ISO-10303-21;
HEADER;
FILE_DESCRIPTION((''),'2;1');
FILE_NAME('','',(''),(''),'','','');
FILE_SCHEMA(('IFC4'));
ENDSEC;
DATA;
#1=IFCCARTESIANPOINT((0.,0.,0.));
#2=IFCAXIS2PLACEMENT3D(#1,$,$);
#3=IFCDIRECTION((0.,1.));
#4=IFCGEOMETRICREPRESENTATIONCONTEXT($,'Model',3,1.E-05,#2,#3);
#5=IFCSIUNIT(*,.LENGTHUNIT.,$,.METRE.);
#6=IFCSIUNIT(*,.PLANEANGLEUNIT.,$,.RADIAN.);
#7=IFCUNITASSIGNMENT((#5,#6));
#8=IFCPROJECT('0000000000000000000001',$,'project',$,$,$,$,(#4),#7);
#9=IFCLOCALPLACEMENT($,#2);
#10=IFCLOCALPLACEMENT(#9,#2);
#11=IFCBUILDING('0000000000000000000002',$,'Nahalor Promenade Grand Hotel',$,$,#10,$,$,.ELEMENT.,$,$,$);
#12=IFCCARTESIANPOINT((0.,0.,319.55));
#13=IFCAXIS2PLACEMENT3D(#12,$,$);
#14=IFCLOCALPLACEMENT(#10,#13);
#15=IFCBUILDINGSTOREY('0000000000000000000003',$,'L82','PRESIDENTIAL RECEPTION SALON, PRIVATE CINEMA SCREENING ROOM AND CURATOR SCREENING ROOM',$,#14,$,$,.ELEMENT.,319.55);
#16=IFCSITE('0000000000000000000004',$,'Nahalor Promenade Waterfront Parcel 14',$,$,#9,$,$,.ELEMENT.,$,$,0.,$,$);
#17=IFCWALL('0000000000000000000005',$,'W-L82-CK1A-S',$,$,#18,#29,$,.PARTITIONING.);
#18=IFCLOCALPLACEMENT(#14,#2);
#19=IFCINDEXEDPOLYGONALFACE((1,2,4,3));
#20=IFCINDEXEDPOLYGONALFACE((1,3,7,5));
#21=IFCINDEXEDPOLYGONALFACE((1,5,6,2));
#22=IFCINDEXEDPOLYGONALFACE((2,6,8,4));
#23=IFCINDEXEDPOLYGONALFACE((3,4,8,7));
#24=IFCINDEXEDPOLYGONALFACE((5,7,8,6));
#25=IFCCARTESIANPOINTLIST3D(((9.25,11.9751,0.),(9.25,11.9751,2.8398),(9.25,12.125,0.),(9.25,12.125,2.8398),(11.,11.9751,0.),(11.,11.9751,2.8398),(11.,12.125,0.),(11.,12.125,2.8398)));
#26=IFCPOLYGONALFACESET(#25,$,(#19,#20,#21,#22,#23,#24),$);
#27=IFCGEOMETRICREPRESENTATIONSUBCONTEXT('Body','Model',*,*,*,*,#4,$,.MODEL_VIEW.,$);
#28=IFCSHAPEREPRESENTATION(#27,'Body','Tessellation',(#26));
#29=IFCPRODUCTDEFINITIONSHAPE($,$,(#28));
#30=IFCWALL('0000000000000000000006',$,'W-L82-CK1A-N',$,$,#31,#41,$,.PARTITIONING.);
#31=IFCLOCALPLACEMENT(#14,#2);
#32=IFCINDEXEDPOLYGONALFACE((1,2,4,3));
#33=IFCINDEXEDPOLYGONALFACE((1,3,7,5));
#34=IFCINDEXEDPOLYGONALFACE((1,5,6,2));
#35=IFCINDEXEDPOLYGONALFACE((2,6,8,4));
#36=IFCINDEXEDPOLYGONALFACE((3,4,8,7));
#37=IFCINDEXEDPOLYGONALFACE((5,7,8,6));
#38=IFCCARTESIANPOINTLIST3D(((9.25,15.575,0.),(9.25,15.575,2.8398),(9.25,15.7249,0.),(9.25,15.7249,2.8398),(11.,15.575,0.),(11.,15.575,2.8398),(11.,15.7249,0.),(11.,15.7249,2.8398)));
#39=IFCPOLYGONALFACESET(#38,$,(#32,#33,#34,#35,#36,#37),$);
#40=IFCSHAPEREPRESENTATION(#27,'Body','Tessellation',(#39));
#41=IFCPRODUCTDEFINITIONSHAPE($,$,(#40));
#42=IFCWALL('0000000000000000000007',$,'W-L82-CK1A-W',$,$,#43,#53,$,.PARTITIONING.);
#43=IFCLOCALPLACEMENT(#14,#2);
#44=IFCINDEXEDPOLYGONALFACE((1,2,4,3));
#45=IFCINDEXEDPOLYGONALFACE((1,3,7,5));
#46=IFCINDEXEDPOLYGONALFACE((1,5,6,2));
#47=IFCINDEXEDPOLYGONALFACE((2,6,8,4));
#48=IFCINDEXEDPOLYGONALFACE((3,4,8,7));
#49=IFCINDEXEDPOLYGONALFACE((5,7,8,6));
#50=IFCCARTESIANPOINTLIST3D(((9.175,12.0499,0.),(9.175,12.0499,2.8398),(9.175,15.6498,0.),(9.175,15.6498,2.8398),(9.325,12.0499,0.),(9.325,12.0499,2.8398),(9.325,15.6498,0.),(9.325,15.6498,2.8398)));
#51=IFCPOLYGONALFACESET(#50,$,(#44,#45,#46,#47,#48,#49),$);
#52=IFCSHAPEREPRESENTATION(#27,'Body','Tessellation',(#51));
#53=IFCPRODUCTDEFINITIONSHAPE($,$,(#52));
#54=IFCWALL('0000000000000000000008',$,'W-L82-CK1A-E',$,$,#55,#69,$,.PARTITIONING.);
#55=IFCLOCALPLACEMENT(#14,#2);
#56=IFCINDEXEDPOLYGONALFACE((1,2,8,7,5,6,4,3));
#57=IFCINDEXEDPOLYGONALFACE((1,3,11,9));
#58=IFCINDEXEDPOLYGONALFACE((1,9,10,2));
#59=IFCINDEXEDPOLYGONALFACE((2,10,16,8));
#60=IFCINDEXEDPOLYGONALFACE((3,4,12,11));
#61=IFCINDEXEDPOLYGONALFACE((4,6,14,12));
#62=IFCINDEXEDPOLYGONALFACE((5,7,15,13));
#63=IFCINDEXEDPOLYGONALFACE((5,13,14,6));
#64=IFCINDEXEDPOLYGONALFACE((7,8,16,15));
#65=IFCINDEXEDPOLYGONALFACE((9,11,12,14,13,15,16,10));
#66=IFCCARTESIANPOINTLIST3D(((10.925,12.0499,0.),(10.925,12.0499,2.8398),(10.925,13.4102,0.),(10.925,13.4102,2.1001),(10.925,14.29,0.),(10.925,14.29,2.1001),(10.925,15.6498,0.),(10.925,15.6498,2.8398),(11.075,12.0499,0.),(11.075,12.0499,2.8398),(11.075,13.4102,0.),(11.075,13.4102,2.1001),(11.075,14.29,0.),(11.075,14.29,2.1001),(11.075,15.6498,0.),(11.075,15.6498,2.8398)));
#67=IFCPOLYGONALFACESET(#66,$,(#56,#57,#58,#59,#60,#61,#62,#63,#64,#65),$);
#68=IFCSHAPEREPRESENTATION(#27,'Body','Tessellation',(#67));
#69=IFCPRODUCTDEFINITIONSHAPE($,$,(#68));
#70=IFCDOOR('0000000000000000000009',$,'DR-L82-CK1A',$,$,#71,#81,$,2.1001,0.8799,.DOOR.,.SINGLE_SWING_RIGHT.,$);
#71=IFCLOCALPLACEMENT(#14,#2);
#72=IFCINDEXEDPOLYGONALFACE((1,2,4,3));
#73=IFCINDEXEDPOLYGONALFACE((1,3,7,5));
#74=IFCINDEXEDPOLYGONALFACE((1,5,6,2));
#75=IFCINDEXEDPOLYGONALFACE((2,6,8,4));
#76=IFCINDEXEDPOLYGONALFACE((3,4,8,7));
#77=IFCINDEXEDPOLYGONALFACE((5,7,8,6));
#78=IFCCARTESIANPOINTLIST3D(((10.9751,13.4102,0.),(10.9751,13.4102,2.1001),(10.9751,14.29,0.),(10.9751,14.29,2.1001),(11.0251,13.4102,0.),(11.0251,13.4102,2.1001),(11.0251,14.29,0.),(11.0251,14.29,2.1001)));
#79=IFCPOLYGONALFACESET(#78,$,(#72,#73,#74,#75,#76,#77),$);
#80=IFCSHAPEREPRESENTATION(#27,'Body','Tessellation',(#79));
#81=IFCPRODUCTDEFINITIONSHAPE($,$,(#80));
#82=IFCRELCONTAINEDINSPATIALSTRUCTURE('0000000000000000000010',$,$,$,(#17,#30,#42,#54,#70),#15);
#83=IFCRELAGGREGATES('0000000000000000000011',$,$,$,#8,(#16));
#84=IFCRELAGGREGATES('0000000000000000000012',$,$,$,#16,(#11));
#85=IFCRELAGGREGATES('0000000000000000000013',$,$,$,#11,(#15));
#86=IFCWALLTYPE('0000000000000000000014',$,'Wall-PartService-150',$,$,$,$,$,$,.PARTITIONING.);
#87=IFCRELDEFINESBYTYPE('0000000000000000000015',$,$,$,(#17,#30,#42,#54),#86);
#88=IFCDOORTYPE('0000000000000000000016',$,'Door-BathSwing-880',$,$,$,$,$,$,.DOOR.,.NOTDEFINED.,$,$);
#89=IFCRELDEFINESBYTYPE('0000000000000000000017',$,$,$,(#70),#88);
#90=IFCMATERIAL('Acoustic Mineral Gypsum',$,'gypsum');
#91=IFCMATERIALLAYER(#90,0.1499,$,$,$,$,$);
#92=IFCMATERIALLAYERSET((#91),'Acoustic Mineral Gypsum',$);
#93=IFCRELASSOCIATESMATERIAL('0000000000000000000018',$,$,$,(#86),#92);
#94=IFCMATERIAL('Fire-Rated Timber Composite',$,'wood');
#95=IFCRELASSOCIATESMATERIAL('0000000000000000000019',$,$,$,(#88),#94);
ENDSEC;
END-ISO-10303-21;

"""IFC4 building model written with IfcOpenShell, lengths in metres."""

from ifc_helpers import new_model, si_unit, direction, frame, frame_2d, origin, place, context, subcontext, project, spatial, rectangle, extrude, source, transform, mapped, material, layer, layer_set, type_object, element, fill, save


model = new_model("IFC4")

# Units and contexts
model_context = context("Model", 3, precision=1e-05, world=origin(), true_north=direction((0.0, 1.0)))
body_context = subcontext(model_context, "Body", "Model", "MODEL_VIEW")
ifc_project = project(units=[si_unit("LENGTHUNIT", "METRE"), si_unit("PLANEANGLEUNIT", "RADIAN")], contexts=[model_context])

# Site, building, storey
site_placement = place(None, origin())
site = spatial("IfcSite", under=ifc_project, at=site_placement, Name="Nahalor Promenade Waterfront Parcel 14", CompositionType="ELEMENT", RefElevation=0.0)
building_placement = place(site_placement, origin())
building = spatial("IfcBuilding", under=site, at=building_placement, Name="Nahalor Promenade Grand Hotel", CompositionType="ELEMENT")
storey_placement = place(building_placement, frame((0.0, 0.0, 319.55)))
storey = spatial("IfcBuildingStorey", under=building, at=storey_placement, Name="L82", Description="PRESIDENTIAL RECEPTION SALON, PRIVATE CINEMA SCREENING ROOM AND CURATOR SCREENING ROOM", CompositionType="ELEMENT", Elevation=319.55)

# Walls
ifc_material_1 = material(Name="Acoustic Mineral Gypsum", Category="gypsum")
ifc_layer_1 = layer(ifc_material_1, 0.1499)
ifc_layer_set_1 = layer_set([ifc_layer_1], Name="Acoustic Mineral Gypsum")
wall_type_1 = type_object("IfcWallType", Name="Wall-PartService-150", PredefinedType="PARTITIONING", material=ifc_layer_set_1)
shared_shape_1 = source(origin(), body_context, "Body", "SweptSolid", [
    extrude(rectangle(XDim=1.75, YDim=0.1499, at=frame_2d((0.875, 0.0))), origin(), (0.0, 0.0, 1.0), 2.8398),
])
for number, where, z_axis, x_axis, name in (
    (1, (9.25, 12.05, 0.0), (0.0, 0.0, 1.0), (1.0, 0.0, 0.0), "W-L82-CK1A-S"),
    (2, (9.25, 15.6499, 0.0), (0.0, 0.0, 1.0), (1.0, 0.0, 0.0), "W-L82-CK1A-N"),
):
    element("IfcWall", number, at=place(storey_placement, frame(where, z_axis=z_axis, x_axis=x_axis)), inside=storey, type_object=wall_type_1, Name=name, PredefinedType="PARTITIONING", context=body_context, shape_type="MappedRepresentation", body=[
        mapped(shared_shape_1, transform((0.0, 0.0, 0.0), scale=1.0)),
    ])
shared_shape_2 = source(origin(), body_context, "Body", "SweptSolid", [
    extrude(rectangle(XDim=3.5999, YDim=0.1499, at=frame_2d((1.7998, 0.0))), origin(), (0.0, 0.0, 1.0), 2.8398),
])
wall_1_placement = place(storey_placement, frame((9.25, 12.05, 0.0), z_axis=(0.0, 0.0, 1.0), x_axis=(0.0, 1.0, 0.0)))
element("IfcWall", 3, at=wall_1_placement, inside=storey, type_object=wall_type_1, Name="W-L82-CK1A-W", PredefinedType="PARTITIONING", context=body_context, shape_type="MappedRepresentation", body=[
    mapped(shared_shape_2, transform((0.0, 0.0, 0.0), scale=1.0)),
])

# Wall, opening, door
wall_2_placement = place(storey_placement, frame((11.0, 12.05, 0.0), z_axis=(0.0, 0.0, 1.0), x_axis=(0.0, 1.0, 0.0)))
wall_2 = element("IfcWall", 4, at=wall_2_placement, inside=storey, type_object=wall_type_1, Name="W-L82-CK1A-E", PredefinedType="PARTITIONING", context=body_context, shape_type="MappedRepresentation", body=[
    mapped(shared_shape_2, transform((0.0, 0.0, 0.0), scale=1.0)),
])
opening_placement = place(wall_2_placement, frame((1.3601, 0.0, 0.0)))
opening = element("IfcOpeningElement", 5, at=opening_placement, cuts=wall_2, PredefinedType="OPENING", context=body_context, shape_type="SweptSolid", body=[
    extrude(rectangle(XDim=0.8799, YDim=2.1001, at=frame_2d((0.4399, 1.05))), frame((0.0, 0.085, 0.0), z_axis=(0.0, -1.0, 0.0), x_axis=(1.0, 0.0, 0.0)), (0.0, 0.0, 1.0), 0.1699),
])
ifc_material_2 = material(Name="Fire-Rated Timber Composite", Category="wood")
door_type = type_object("IfcDoorType", Name="Door-BathSwing-880", OperationType="NOTDEFINED", PredefinedType="DOOR", material=ifc_material_2)
shared_shape_3 = source(origin(), body_context, "Body", "SweptSolid", [
    extrude(rectangle(XDim=0.8799, YDim=2.1001, at=frame_2d((0.4399, 1.05))), frame((0.0, 0.0249, 0.0), z_axis=(0.0, -1.0, 0.0), x_axis=(1.0, 0.0, 0.0)), (0.0, 0.0, 1.0), 0.05),
])
door_placement = place(opening_placement, origin())
door = element("IfcDoor", 6, at=door_placement, inside=storey, type_object=door_type, Name="DR-L82-CK1A", OperationType="SINGLE_SWING_RIGHT", OverallHeight=2.1001, OverallWidth=0.8799, PredefinedType="DOOR", context=body_context, shape_type="MappedRepresentation", body=[
    mapped(shared_shape_3, transform((0.0, 0.0, 0.0), scale=1.0)),
])
fill(opening, door)

save(model, "model.ifc")
